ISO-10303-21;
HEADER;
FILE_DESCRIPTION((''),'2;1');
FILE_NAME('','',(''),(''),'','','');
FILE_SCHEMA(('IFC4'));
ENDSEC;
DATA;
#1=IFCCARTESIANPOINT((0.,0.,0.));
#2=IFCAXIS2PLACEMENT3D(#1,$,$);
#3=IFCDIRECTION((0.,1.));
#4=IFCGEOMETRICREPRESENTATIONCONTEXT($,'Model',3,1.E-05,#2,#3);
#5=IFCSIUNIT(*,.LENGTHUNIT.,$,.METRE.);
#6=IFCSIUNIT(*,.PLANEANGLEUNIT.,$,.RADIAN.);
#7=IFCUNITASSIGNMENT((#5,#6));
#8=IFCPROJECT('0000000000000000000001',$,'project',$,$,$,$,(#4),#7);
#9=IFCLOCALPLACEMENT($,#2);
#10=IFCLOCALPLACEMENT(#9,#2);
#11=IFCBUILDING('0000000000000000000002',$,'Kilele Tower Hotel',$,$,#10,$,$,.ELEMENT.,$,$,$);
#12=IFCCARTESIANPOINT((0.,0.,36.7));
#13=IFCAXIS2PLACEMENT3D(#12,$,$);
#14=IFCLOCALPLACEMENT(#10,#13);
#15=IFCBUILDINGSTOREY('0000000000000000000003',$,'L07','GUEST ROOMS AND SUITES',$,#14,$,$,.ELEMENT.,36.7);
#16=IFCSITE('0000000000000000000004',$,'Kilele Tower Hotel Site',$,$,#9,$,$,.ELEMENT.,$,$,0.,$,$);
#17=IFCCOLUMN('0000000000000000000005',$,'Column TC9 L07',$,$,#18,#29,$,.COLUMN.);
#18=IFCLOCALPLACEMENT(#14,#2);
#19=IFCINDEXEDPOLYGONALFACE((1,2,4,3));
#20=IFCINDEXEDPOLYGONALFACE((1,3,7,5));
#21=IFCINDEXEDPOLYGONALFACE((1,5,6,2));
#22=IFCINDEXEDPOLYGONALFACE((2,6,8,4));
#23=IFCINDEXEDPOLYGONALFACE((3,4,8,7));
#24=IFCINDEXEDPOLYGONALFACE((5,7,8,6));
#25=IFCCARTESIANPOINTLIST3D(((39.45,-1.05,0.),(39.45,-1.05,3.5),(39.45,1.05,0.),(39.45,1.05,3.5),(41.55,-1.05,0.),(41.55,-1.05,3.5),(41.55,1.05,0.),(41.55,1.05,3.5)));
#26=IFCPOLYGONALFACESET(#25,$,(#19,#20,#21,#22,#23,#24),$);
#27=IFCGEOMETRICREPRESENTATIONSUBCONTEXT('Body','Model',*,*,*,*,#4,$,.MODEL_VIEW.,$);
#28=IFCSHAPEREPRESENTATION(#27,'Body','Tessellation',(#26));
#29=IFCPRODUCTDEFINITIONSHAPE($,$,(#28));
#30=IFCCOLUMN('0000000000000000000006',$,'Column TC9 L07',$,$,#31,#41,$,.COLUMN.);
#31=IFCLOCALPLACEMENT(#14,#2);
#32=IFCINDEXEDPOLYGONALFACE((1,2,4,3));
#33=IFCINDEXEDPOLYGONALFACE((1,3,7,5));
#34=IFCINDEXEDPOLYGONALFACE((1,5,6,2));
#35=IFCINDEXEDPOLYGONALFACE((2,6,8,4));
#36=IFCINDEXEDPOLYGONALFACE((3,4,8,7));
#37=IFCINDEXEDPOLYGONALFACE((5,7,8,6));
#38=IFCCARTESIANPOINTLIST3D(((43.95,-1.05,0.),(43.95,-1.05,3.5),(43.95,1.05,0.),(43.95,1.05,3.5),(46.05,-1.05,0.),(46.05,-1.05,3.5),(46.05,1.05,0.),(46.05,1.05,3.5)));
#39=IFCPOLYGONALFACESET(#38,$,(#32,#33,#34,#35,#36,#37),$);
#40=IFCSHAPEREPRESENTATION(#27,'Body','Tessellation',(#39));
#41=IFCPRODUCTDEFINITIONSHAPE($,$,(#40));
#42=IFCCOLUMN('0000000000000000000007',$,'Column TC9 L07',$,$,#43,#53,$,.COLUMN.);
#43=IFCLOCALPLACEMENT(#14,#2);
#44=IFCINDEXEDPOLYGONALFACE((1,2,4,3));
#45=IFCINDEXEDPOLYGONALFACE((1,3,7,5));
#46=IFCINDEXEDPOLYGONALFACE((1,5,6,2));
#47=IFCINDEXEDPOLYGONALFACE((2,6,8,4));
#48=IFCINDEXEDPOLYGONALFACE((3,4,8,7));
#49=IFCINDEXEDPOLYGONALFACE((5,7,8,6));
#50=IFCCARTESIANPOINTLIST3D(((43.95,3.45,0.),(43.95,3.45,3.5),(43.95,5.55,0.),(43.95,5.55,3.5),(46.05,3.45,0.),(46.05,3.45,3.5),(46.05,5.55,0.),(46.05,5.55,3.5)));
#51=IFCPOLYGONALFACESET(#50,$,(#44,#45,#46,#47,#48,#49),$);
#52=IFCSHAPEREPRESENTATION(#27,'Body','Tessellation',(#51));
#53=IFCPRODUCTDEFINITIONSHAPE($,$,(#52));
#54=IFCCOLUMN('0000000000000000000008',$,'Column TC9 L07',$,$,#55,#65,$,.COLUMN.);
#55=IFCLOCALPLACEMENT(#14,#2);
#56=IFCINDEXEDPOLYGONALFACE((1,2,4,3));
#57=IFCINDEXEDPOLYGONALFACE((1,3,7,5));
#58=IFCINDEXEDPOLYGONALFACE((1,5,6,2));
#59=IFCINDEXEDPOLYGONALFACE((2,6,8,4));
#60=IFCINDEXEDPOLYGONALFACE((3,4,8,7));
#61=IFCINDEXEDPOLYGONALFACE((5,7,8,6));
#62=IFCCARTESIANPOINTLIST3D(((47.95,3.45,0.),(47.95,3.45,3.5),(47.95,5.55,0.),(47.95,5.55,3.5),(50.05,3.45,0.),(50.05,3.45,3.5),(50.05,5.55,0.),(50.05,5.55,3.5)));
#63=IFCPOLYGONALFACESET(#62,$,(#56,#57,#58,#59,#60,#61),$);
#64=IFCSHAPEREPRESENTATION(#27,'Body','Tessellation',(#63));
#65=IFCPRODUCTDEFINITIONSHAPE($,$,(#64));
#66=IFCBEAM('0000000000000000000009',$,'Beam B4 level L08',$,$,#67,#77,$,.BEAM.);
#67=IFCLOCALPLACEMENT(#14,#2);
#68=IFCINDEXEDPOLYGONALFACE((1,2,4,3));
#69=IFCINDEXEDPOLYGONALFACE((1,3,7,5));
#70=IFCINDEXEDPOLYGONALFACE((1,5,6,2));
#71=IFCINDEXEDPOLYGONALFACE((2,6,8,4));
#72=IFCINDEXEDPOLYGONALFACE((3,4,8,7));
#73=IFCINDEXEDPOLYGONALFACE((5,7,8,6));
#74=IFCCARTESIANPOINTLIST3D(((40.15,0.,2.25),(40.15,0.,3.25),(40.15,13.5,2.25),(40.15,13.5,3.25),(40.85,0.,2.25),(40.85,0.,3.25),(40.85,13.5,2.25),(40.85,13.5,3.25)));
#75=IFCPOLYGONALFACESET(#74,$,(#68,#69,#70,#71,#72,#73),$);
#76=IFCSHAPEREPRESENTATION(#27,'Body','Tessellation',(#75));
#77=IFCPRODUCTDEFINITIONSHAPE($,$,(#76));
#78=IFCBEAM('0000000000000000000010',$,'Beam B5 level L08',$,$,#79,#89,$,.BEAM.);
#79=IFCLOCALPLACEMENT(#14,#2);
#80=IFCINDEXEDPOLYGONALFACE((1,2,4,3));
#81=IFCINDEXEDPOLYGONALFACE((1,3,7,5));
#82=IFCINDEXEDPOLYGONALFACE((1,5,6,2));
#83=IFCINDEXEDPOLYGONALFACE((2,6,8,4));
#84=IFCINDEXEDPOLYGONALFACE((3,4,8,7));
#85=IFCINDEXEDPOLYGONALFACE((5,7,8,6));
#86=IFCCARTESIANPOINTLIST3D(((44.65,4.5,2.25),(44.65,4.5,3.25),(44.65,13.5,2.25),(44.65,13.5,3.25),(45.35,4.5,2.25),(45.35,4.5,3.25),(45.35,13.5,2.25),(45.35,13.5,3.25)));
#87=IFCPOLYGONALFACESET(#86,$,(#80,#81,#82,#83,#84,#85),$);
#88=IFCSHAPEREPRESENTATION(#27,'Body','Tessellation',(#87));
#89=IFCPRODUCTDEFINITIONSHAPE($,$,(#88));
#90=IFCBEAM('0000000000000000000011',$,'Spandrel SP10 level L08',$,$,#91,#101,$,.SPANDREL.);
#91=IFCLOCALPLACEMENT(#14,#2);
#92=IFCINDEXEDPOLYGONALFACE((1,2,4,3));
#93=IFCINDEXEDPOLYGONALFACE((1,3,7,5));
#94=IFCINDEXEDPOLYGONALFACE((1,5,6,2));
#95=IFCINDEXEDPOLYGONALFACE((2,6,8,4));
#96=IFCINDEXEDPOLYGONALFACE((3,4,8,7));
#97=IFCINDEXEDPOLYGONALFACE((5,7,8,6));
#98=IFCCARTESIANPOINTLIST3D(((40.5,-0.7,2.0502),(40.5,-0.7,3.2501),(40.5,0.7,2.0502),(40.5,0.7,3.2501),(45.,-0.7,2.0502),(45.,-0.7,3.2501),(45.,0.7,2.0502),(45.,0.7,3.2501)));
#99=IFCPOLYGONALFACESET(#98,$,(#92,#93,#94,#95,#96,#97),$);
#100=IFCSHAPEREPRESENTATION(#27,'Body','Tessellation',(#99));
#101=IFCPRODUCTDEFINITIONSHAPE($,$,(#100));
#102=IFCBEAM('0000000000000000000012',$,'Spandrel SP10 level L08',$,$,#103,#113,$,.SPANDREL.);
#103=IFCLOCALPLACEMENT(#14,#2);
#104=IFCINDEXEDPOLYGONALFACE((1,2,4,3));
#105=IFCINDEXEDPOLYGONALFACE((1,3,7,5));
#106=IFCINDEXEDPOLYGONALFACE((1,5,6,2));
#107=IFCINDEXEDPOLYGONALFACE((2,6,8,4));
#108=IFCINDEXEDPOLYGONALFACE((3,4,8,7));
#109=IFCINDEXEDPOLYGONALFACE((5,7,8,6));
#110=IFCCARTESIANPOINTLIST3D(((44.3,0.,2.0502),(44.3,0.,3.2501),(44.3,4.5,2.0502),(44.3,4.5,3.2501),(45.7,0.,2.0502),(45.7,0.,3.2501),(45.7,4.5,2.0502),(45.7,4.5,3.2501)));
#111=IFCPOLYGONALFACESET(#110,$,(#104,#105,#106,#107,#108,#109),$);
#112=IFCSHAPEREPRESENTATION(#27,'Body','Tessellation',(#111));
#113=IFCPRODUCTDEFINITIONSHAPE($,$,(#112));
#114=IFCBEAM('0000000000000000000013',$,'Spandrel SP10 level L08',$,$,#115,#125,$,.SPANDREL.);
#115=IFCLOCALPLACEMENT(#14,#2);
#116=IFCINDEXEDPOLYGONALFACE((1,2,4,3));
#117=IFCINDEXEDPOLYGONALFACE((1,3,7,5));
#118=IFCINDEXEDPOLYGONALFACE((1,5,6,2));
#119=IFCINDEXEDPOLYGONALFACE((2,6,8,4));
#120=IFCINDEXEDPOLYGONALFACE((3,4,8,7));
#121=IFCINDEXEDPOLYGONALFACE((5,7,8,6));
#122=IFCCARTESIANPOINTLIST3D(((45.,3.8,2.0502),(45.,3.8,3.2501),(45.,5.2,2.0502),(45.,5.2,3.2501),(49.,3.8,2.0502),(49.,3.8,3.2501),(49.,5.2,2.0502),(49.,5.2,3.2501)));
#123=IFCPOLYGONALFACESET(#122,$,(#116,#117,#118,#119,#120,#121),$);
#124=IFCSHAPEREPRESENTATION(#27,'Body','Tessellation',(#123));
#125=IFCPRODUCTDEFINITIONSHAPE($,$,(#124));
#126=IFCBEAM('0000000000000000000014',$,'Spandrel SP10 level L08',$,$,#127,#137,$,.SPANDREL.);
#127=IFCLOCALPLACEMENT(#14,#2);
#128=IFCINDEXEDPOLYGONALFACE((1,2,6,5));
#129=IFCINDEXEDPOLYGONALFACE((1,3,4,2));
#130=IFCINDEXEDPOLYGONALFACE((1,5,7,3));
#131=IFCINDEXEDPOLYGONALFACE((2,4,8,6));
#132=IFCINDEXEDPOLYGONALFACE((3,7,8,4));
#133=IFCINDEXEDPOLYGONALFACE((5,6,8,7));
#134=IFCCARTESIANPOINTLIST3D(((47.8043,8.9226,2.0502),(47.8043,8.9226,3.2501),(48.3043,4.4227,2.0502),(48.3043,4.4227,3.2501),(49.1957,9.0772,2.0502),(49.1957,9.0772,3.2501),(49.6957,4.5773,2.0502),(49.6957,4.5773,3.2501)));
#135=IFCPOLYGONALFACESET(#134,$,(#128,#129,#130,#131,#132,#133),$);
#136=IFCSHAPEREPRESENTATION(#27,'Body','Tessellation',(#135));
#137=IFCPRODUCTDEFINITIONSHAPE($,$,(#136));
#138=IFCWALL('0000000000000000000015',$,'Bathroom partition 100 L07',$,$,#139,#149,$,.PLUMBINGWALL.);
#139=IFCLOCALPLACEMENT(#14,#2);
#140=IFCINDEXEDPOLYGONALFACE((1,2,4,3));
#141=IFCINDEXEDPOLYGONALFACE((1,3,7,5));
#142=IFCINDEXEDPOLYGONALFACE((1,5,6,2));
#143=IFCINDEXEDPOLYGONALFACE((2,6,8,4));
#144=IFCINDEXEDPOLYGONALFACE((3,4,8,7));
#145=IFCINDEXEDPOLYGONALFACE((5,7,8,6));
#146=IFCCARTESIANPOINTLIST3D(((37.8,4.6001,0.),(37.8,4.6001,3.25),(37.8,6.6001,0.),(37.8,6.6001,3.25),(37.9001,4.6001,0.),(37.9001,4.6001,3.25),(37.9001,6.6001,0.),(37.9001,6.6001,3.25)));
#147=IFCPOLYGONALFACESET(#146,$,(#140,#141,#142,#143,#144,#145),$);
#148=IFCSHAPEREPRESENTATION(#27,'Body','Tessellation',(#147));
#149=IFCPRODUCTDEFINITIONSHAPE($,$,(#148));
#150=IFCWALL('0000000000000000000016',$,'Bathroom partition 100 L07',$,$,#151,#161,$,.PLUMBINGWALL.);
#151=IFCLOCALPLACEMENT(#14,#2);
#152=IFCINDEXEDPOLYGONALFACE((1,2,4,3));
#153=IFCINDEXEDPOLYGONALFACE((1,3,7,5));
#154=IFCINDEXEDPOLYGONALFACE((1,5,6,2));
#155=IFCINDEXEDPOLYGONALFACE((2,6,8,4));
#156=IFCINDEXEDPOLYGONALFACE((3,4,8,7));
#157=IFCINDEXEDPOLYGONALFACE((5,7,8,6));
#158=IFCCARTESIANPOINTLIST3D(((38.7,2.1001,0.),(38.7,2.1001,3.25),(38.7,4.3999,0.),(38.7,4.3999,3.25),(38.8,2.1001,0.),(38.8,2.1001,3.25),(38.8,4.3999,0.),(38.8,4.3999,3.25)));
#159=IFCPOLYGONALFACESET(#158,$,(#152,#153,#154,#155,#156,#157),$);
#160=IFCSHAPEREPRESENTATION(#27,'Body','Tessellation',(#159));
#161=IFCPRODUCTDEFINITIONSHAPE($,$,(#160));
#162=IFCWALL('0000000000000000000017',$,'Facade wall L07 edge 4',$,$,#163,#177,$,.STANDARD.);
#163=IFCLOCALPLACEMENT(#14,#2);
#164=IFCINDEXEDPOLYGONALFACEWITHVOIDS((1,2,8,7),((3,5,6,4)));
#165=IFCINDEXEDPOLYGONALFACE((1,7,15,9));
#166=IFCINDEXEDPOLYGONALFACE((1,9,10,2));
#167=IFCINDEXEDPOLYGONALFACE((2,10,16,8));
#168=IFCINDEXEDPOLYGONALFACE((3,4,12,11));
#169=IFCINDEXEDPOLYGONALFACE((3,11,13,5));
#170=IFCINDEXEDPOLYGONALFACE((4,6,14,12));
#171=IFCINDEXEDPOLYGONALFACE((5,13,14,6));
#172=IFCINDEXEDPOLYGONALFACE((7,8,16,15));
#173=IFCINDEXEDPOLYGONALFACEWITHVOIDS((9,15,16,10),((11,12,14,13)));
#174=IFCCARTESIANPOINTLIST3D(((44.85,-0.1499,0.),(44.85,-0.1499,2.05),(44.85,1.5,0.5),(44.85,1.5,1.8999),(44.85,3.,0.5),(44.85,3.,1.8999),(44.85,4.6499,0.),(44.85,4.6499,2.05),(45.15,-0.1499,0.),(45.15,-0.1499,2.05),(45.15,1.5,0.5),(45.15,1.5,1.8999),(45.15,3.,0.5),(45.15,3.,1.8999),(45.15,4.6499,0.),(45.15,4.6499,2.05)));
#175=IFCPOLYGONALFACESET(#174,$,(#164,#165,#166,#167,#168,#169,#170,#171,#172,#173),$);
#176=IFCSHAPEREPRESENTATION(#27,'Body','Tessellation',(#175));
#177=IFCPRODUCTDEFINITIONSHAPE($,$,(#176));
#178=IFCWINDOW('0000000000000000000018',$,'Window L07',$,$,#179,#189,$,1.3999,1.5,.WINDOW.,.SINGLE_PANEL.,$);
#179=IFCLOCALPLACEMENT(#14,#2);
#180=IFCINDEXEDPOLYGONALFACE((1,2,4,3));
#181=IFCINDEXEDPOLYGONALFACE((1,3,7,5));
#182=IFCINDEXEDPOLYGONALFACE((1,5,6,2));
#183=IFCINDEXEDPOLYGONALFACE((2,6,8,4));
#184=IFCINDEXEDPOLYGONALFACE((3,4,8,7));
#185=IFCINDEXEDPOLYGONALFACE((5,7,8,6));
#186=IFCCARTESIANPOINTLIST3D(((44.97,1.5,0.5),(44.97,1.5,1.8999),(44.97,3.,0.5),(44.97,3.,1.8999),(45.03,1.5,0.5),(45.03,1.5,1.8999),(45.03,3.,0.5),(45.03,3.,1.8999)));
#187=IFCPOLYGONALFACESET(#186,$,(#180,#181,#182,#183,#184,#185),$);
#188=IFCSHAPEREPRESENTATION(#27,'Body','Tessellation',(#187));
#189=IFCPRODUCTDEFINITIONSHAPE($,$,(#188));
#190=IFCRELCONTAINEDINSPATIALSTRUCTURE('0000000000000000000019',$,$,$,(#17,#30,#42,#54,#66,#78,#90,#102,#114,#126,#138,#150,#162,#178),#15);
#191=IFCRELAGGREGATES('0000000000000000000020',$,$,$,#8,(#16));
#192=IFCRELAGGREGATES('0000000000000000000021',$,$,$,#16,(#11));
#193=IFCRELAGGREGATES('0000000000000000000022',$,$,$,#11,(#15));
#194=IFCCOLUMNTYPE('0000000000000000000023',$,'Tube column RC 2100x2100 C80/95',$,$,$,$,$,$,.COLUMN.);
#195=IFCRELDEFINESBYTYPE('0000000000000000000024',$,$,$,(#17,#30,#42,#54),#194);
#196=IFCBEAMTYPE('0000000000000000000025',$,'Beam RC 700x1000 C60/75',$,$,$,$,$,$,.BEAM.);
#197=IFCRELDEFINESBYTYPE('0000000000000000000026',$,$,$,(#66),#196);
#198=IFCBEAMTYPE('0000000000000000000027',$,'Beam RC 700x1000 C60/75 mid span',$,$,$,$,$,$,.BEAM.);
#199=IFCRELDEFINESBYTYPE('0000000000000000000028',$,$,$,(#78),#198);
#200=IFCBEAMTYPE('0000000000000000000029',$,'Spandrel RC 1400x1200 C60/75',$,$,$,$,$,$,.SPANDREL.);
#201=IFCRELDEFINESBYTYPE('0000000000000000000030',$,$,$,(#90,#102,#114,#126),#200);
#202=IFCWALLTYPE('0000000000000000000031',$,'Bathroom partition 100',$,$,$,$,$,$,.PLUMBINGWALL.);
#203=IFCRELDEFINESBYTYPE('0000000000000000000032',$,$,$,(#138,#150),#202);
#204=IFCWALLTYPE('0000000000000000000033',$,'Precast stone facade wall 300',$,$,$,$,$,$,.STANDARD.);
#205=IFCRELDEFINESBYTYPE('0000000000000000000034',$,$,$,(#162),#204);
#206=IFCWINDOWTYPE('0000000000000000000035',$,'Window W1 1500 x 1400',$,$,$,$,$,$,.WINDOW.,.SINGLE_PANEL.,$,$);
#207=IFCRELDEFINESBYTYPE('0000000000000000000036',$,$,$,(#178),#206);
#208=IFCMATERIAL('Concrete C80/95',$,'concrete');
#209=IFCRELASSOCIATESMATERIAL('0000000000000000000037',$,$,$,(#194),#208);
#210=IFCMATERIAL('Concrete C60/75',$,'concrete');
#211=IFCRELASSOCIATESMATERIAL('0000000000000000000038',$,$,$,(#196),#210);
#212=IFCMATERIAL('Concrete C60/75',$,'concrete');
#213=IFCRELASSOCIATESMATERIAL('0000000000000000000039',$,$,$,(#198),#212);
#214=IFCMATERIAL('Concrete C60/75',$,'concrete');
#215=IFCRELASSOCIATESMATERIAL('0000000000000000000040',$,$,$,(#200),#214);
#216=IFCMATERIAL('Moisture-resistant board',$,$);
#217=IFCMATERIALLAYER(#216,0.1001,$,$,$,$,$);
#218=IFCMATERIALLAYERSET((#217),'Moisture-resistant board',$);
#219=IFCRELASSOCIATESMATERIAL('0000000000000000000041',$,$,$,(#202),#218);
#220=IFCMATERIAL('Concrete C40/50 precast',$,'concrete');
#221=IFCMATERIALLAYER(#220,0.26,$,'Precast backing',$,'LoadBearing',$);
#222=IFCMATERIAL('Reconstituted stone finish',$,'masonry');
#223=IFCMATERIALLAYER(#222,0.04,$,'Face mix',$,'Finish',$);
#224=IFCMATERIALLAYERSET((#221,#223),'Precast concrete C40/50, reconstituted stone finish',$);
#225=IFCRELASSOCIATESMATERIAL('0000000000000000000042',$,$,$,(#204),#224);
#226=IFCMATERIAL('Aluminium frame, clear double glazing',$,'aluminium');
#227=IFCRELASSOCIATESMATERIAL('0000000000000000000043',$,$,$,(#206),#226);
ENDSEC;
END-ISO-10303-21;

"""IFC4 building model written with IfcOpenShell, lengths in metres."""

from ifc_helpers import new_model, si_unit, direction, frame, frame_2d, origin, origin_2d, place, context, subcontext, project, spatial, rectangle, extrude, material, layer, layer_set, material_profile, profile_set, type_object, element, fill, save


model = new_model("IFC4")

# Units and contexts
model_context = context("Model", 3, precision=1e-05, world=origin(), true_north=direction((0.0, 1.0)))
body_context = subcontext(model_context, "Body", "Model", "MODEL_VIEW")
ifc_project = project(units=[si_unit("LENGTHUNIT", "METRE"), si_unit("PLANEANGLEUNIT", "RADIAN")], contexts=[model_context])

# Site, building, storey
site_placement = place(None, origin())
site = spatial("IfcSite", under=ifc_project, at=site_placement, Name="Kilele Tower Hotel Site", CompositionType="ELEMENT", RefElevation=0.0)
building_placement = place(site_placement, origin())
building = spatial("IfcBuilding", under=site, at=building_placement, Name="Kilele Tower Hotel", CompositionType="ELEMENT")
storey_placement = place(building_placement, frame((0.0, 0.0, 36.7)))
storey = spatial("IfcBuildingStorey", under=building, at=storey_placement, Name="L07", Description="GUEST ROOMS AND SUITES", CompositionType="ELEMENT", Elevation=36.7)

# Columns
ifc_material_1 = material(Name="Concrete C80/95", Category="concrete")
ifc_material_profile_1 = material_profile(ifc_material_1, rectangle(XDim=2.1001, YDim=2.1001, at=origin_2d()))
ifc_profile_set_1 = profile_set([ifc_material_profile_1], Name="Concrete C80/95")
column_type = type_object("IfcColumnType", Name="Tube column RC 2100x2100 C80/95", PredefinedType="COLUMN", material=ifc_profile_set_1)
for number, where, z_axis, x_axis, name in (
    (1, (40.5, 0.0, 0.0), (0.0, 0.0, 1.0), (1.0, 0.0, 0.0), "Column TC9 L07"),
    (2, (45.0, 0.0, 0.0), (0.0, 0.0, 1.0), (1.0, 0.0, 0.0), "Column TC9 L07"),
    (3, (45.0, 4.5, 0.0), (0.0, 0.0, 1.0), (1.0, 0.0, 0.0), "Column TC9 L07"),
    (4, (49.0, 4.5, 0.0), (0.0, 0.0, 1.0), (1.0, 0.0, 0.0), "Column TC9 L07"),
):
    element("IfcColumn", number, at=place(storey_placement, frame(where, z_axis=z_axis, x_axis=x_axis)), inside=storey, type_object=column_type, Name=name, PredefinedType="COLUMN", context=body_context, shape_type="SweptSolid", body=[
        extrude(rectangle(XDim=2.1001, YDim=2.1001, at=origin_2d()), origin(), (0.0, 0.0, 1.0), 3.5),
    ])

# Beams
ifc_material_2 = material(Name="Concrete C60/75", Category="concrete")
ifc_material_profile_2 = material_profile(ifc_material_2, rectangle(XDim=0.7, YDim=1.0, at=origin_2d()))
ifc_profile_set_2 = profile_set([ifc_material_profile_2], Name="Concrete C60/75")
beam_type_1 = type_object("IfcBeamType", Name="Beam RC 700x1000 C60/75", PredefinedType="BEAM", material=ifc_profile_set_2)
beam_1_placement = place(storey_placement, frame((40.5, 0.0, 2.75), z_axis=(0.0, 1.0, 0.0), x_axis=(-1.0, 0.0, 0.0)))
element("IfcBeam", 5, at=beam_1_placement, inside=storey, type_object=beam_type_1, Name="Beam B4 level L08", PredefinedType="BEAM", context=body_context, shape_type="SweptSolid", body=[
    extrude(rectangle(XDim=0.7, YDim=1.0, at=origin_2d()), origin(), (0.0, 0.0, 1.0), 13.5),
])
ifc_material_3 = material(Name="Concrete C60/75", Category="concrete")
ifc_material_profile_3 = material_profile(ifc_material_3, rectangle(XDim=0.7, YDim=1.0, at=origin_2d()))
ifc_profile_set_3 = profile_set([ifc_material_profile_3], Name="Concrete C60/75")
beam_type_2 = type_object("IfcBeamType", Name="Beam RC 700x1000 C60/75 mid span", PredefinedType="BEAM", material=ifc_profile_set_3)
beam_2_placement = place(storey_placement, frame((45.0, 4.5, 2.75), z_axis=(0.0, 1.0, 0.0), x_axis=(-1.0, 0.0, 0.0)))
element("IfcBeam", 6, at=beam_2_placement, inside=storey, type_object=beam_type_2, Name="Beam B5 level L08", PredefinedType="BEAM", context=body_context, shape_type="SweptSolid", body=[
    extrude(rectangle(XDim=0.7, YDim=1.0, at=origin_2d()), origin(), (0.0, 0.0, 1.0), 9.0),
])
ifc_material_4 = material(Name="Concrete C60/75", Category="concrete")
ifc_material_profile_4 = material_profile(ifc_material_4, rectangle(XDim=1.3999, YDim=1.2, at=origin_2d()))
ifc_profile_set_4 = profile_set([ifc_material_profile_4], Name="Concrete C60/75")
beam_type_3 = type_object("IfcBeamType", Name="Spandrel RC 1400x1200 C60/75", PredefinedType="SPANDREL", material=ifc_profile_set_4)
for number, where, z_axis, x_axis, name in (
    (7, (40.5, 0.0, 2.6501), (1.0, 0.0, 0.0), (0.0, 1.0, 0.0), "Spandrel SP10 level L08"),
    (8, (45.0, 0.0, 2.6501), (0.0, 1.0, 0.0), (-1.0, 0.0, 0.0), "Spandrel SP10 level L08"),
):
    element("IfcBeam", number, at=place(storey_placement, frame(where, z_axis=z_axis, x_axis=x_axis)), inside=storey, type_object=beam_type_3, Name=name, PredefinedType="SPANDREL", context=body_context, shape_type="SweptSolid", body=[
        extrude(rectangle(XDim=1.3999, YDim=1.2, at=origin_2d()), origin(), (0.0, 0.0, 1.0), 4.5),
    ])
beam_3_placement = place(storey_placement, frame((45.0, 4.5, 2.6501), z_axis=(1.0, 0.0, 0.0), x_axis=(0.0, 1.0, 0.0)))
element("IfcBeam", 9, at=beam_3_placement, inside=storey, type_object=beam_type_3, Name="Spandrel SP10 level L08", PredefinedType="SPANDREL", context=body_context, shape_type="SweptSolid", body=[
    extrude(rectangle(XDim=1.3999, YDim=1.2, at=origin_2d()), origin(), (0.0, 0.0, 1.0), 4.0),
])
beam_4_placement = place(storey_placement, frame((49.0, 4.5, 2.6501), z_axis=(-0.110432, 0.993884, 0.0), x_axis=(-0.993884, -0.110432, 0.0)))
element("IfcBeam", 10, at=beam_4_placement, inside=storey, type_object=beam_type_3, Name="Spandrel SP10 level L08", PredefinedType="SPANDREL", context=body_context, shape_type="SweptSolid", body=[
    extrude(rectangle(XDim=1.3999, YDim=1.2, at=origin_2d()), origin(), (0.0, 0.0, 1.0), 4.5276),
])

# Walls
ifc_material_5 = material(Name="Moisture-resistant board")
ifc_layer_1 = layer(ifc_material_5, 0.1001)
ifc_layer_set_1 = layer_set([ifc_layer_1], Name="Moisture-resistant board")
wall_type_1 = type_object("IfcWallType", Name="Bathroom partition 100", PredefinedType="PLUMBINGWALL", material=ifc_layer_set_1)
wall_1_placement = place(storey_placement, frame((37.8501, 4.6001, 0.0), z_axis=(0.0, 0.0, 1.0), x_axis=(0.0, 1.0, 0.0)))
element("IfcWall", 11, at=wall_1_placement, inside=storey, type_object=wall_type_1, Name="Bathroom partition 100 L07", PredefinedType="PLUMBINGWALL", context=body_context, shape_type="SweptSolid", body=[
    extrude(rectangle(XDim=2.0, YDim=0.1001, at=frame_2d((1.0, 0.0))), origin(), (0.0, 0.0, 1.0), 3.25),
])
wall_2_placement = place(storey_placement, frame((38.75, 4.3999, 0.0), z_axis=(0.0, 0.0, 1.0), x_axis=(0.0, -1.0, 0.0)))
element("IfcWall", 12, at=wall_2_placement, inside=storey, type_object=wall_type_1, Name="Bathroom partition 100 L07", PredefinedType="PLUMBINGWALL", context=body_context, shape_type="SweptSolid", body=[
    extrude(rectangle(XDim=2.2998, YDim=0.1001, at=frame_2d((1.1499, 0.0))), origin(), (0.0, 0.0, 1.0), 3.25),
])

# Wall, opening, window
ifc_material_6 = material(Name="Concrete C40/50 precast", Category="concrete")
ifc_layer_2 = layer(ifc_material_6, 0.26, Name="Precast backing", Category="LoadBearing")
ifc_material_7 = material(Name="Reconstituted stone finish", Category="masonry")
ifc_layer_3 = layer(ifc_material_7, 0.04, Name="Face mix", Category="Finish")
ifc_layer_set_2 = layer_set([ifc_layer_2, ifc_layer_3], Name="Precast concrete C40/50, reconstituted stone finish")
wall_type_2 = type_object("IfcWallType", Name="Precast stone facade wall 300", PredefinedType="STANDARD", material=ifc_layer_set_2)
wall_3_placement = place(storey_placement, frame((45.0, -0.1499, 0.0), z_axis=(0.0, 0.0, 1.0), x_axis=(0.0, 1.0, 0.0)))
wall_3 = element("IfcWall", 13, at=wall_3_placement, inside=storey, type_object=wall_type_2, Name="Facade wall L07 edge 4", PredefinedType="STANDARD", context=body_context, shape_type="SweptSolid", body=[
    extrude(rectangle(XDim=4.7998, YDim=0.3, at=frame_2d((2.3999, 0.0))), origin(), (0.0, 0.0, 1.0), 2.05),
])
opening_1_placement = place(wall_3_placement, frame((1.6499, 0.0, 0.5)))
opening_1 = element("IfcOpeningElement", 14, at=opening_1_placement, cuts=wall_3, PredefinedType="OPENING", context=body_context, shape_type="SweptSolid", body=[
    extrude(rectangle(XDim=1.5, YDim=1.3999, at=frame_2d((0.75, 0.7))), frame((0.0, 0.1599, 0.0), z_axis=(0.0, -1.0, 0.0), x_axis=(1.0, 0.0, 0.0)), (0.0, 0.0, 1.0), 0.3201),
])
ifc_material_8 = material(Name="Aluminium frame, clear double glazing", Category="aluminium")
window_type = type_object("IfcWindowType", Name="Window W1 1500 x 1400", PartitioningType="SINGLE_PANEL", PredefinedType="WINDOW", material=ifc_material_8)
window_1_placement = place(opening_1_placement, origin())
window_1 = element("IfcWindow", 15, at=window_1_placement, inside=storey, type_object=window_type, Name="Window L07", OverallHeight=1.3999, OverallWidth=1.5, PartitioningType="SINGLE_PANEL", PredefinedType="WINDOW", context=body_context, shape_type="SweptSolid", body=[
    extrude(rectangle(XDim=1.5, YDim=1.3999, at=frame_2d((0.75, 0.7))), frame((0.0, 0.03, 0.0), z_axis=(0.0, -1.0, 0.0), x_axis=(1.0, 0.0, 0.0)), (0.0, 0.0, 1.0), 0.0601),
])
fill(opening_1, window_1)

save(model, "model.ifc")
